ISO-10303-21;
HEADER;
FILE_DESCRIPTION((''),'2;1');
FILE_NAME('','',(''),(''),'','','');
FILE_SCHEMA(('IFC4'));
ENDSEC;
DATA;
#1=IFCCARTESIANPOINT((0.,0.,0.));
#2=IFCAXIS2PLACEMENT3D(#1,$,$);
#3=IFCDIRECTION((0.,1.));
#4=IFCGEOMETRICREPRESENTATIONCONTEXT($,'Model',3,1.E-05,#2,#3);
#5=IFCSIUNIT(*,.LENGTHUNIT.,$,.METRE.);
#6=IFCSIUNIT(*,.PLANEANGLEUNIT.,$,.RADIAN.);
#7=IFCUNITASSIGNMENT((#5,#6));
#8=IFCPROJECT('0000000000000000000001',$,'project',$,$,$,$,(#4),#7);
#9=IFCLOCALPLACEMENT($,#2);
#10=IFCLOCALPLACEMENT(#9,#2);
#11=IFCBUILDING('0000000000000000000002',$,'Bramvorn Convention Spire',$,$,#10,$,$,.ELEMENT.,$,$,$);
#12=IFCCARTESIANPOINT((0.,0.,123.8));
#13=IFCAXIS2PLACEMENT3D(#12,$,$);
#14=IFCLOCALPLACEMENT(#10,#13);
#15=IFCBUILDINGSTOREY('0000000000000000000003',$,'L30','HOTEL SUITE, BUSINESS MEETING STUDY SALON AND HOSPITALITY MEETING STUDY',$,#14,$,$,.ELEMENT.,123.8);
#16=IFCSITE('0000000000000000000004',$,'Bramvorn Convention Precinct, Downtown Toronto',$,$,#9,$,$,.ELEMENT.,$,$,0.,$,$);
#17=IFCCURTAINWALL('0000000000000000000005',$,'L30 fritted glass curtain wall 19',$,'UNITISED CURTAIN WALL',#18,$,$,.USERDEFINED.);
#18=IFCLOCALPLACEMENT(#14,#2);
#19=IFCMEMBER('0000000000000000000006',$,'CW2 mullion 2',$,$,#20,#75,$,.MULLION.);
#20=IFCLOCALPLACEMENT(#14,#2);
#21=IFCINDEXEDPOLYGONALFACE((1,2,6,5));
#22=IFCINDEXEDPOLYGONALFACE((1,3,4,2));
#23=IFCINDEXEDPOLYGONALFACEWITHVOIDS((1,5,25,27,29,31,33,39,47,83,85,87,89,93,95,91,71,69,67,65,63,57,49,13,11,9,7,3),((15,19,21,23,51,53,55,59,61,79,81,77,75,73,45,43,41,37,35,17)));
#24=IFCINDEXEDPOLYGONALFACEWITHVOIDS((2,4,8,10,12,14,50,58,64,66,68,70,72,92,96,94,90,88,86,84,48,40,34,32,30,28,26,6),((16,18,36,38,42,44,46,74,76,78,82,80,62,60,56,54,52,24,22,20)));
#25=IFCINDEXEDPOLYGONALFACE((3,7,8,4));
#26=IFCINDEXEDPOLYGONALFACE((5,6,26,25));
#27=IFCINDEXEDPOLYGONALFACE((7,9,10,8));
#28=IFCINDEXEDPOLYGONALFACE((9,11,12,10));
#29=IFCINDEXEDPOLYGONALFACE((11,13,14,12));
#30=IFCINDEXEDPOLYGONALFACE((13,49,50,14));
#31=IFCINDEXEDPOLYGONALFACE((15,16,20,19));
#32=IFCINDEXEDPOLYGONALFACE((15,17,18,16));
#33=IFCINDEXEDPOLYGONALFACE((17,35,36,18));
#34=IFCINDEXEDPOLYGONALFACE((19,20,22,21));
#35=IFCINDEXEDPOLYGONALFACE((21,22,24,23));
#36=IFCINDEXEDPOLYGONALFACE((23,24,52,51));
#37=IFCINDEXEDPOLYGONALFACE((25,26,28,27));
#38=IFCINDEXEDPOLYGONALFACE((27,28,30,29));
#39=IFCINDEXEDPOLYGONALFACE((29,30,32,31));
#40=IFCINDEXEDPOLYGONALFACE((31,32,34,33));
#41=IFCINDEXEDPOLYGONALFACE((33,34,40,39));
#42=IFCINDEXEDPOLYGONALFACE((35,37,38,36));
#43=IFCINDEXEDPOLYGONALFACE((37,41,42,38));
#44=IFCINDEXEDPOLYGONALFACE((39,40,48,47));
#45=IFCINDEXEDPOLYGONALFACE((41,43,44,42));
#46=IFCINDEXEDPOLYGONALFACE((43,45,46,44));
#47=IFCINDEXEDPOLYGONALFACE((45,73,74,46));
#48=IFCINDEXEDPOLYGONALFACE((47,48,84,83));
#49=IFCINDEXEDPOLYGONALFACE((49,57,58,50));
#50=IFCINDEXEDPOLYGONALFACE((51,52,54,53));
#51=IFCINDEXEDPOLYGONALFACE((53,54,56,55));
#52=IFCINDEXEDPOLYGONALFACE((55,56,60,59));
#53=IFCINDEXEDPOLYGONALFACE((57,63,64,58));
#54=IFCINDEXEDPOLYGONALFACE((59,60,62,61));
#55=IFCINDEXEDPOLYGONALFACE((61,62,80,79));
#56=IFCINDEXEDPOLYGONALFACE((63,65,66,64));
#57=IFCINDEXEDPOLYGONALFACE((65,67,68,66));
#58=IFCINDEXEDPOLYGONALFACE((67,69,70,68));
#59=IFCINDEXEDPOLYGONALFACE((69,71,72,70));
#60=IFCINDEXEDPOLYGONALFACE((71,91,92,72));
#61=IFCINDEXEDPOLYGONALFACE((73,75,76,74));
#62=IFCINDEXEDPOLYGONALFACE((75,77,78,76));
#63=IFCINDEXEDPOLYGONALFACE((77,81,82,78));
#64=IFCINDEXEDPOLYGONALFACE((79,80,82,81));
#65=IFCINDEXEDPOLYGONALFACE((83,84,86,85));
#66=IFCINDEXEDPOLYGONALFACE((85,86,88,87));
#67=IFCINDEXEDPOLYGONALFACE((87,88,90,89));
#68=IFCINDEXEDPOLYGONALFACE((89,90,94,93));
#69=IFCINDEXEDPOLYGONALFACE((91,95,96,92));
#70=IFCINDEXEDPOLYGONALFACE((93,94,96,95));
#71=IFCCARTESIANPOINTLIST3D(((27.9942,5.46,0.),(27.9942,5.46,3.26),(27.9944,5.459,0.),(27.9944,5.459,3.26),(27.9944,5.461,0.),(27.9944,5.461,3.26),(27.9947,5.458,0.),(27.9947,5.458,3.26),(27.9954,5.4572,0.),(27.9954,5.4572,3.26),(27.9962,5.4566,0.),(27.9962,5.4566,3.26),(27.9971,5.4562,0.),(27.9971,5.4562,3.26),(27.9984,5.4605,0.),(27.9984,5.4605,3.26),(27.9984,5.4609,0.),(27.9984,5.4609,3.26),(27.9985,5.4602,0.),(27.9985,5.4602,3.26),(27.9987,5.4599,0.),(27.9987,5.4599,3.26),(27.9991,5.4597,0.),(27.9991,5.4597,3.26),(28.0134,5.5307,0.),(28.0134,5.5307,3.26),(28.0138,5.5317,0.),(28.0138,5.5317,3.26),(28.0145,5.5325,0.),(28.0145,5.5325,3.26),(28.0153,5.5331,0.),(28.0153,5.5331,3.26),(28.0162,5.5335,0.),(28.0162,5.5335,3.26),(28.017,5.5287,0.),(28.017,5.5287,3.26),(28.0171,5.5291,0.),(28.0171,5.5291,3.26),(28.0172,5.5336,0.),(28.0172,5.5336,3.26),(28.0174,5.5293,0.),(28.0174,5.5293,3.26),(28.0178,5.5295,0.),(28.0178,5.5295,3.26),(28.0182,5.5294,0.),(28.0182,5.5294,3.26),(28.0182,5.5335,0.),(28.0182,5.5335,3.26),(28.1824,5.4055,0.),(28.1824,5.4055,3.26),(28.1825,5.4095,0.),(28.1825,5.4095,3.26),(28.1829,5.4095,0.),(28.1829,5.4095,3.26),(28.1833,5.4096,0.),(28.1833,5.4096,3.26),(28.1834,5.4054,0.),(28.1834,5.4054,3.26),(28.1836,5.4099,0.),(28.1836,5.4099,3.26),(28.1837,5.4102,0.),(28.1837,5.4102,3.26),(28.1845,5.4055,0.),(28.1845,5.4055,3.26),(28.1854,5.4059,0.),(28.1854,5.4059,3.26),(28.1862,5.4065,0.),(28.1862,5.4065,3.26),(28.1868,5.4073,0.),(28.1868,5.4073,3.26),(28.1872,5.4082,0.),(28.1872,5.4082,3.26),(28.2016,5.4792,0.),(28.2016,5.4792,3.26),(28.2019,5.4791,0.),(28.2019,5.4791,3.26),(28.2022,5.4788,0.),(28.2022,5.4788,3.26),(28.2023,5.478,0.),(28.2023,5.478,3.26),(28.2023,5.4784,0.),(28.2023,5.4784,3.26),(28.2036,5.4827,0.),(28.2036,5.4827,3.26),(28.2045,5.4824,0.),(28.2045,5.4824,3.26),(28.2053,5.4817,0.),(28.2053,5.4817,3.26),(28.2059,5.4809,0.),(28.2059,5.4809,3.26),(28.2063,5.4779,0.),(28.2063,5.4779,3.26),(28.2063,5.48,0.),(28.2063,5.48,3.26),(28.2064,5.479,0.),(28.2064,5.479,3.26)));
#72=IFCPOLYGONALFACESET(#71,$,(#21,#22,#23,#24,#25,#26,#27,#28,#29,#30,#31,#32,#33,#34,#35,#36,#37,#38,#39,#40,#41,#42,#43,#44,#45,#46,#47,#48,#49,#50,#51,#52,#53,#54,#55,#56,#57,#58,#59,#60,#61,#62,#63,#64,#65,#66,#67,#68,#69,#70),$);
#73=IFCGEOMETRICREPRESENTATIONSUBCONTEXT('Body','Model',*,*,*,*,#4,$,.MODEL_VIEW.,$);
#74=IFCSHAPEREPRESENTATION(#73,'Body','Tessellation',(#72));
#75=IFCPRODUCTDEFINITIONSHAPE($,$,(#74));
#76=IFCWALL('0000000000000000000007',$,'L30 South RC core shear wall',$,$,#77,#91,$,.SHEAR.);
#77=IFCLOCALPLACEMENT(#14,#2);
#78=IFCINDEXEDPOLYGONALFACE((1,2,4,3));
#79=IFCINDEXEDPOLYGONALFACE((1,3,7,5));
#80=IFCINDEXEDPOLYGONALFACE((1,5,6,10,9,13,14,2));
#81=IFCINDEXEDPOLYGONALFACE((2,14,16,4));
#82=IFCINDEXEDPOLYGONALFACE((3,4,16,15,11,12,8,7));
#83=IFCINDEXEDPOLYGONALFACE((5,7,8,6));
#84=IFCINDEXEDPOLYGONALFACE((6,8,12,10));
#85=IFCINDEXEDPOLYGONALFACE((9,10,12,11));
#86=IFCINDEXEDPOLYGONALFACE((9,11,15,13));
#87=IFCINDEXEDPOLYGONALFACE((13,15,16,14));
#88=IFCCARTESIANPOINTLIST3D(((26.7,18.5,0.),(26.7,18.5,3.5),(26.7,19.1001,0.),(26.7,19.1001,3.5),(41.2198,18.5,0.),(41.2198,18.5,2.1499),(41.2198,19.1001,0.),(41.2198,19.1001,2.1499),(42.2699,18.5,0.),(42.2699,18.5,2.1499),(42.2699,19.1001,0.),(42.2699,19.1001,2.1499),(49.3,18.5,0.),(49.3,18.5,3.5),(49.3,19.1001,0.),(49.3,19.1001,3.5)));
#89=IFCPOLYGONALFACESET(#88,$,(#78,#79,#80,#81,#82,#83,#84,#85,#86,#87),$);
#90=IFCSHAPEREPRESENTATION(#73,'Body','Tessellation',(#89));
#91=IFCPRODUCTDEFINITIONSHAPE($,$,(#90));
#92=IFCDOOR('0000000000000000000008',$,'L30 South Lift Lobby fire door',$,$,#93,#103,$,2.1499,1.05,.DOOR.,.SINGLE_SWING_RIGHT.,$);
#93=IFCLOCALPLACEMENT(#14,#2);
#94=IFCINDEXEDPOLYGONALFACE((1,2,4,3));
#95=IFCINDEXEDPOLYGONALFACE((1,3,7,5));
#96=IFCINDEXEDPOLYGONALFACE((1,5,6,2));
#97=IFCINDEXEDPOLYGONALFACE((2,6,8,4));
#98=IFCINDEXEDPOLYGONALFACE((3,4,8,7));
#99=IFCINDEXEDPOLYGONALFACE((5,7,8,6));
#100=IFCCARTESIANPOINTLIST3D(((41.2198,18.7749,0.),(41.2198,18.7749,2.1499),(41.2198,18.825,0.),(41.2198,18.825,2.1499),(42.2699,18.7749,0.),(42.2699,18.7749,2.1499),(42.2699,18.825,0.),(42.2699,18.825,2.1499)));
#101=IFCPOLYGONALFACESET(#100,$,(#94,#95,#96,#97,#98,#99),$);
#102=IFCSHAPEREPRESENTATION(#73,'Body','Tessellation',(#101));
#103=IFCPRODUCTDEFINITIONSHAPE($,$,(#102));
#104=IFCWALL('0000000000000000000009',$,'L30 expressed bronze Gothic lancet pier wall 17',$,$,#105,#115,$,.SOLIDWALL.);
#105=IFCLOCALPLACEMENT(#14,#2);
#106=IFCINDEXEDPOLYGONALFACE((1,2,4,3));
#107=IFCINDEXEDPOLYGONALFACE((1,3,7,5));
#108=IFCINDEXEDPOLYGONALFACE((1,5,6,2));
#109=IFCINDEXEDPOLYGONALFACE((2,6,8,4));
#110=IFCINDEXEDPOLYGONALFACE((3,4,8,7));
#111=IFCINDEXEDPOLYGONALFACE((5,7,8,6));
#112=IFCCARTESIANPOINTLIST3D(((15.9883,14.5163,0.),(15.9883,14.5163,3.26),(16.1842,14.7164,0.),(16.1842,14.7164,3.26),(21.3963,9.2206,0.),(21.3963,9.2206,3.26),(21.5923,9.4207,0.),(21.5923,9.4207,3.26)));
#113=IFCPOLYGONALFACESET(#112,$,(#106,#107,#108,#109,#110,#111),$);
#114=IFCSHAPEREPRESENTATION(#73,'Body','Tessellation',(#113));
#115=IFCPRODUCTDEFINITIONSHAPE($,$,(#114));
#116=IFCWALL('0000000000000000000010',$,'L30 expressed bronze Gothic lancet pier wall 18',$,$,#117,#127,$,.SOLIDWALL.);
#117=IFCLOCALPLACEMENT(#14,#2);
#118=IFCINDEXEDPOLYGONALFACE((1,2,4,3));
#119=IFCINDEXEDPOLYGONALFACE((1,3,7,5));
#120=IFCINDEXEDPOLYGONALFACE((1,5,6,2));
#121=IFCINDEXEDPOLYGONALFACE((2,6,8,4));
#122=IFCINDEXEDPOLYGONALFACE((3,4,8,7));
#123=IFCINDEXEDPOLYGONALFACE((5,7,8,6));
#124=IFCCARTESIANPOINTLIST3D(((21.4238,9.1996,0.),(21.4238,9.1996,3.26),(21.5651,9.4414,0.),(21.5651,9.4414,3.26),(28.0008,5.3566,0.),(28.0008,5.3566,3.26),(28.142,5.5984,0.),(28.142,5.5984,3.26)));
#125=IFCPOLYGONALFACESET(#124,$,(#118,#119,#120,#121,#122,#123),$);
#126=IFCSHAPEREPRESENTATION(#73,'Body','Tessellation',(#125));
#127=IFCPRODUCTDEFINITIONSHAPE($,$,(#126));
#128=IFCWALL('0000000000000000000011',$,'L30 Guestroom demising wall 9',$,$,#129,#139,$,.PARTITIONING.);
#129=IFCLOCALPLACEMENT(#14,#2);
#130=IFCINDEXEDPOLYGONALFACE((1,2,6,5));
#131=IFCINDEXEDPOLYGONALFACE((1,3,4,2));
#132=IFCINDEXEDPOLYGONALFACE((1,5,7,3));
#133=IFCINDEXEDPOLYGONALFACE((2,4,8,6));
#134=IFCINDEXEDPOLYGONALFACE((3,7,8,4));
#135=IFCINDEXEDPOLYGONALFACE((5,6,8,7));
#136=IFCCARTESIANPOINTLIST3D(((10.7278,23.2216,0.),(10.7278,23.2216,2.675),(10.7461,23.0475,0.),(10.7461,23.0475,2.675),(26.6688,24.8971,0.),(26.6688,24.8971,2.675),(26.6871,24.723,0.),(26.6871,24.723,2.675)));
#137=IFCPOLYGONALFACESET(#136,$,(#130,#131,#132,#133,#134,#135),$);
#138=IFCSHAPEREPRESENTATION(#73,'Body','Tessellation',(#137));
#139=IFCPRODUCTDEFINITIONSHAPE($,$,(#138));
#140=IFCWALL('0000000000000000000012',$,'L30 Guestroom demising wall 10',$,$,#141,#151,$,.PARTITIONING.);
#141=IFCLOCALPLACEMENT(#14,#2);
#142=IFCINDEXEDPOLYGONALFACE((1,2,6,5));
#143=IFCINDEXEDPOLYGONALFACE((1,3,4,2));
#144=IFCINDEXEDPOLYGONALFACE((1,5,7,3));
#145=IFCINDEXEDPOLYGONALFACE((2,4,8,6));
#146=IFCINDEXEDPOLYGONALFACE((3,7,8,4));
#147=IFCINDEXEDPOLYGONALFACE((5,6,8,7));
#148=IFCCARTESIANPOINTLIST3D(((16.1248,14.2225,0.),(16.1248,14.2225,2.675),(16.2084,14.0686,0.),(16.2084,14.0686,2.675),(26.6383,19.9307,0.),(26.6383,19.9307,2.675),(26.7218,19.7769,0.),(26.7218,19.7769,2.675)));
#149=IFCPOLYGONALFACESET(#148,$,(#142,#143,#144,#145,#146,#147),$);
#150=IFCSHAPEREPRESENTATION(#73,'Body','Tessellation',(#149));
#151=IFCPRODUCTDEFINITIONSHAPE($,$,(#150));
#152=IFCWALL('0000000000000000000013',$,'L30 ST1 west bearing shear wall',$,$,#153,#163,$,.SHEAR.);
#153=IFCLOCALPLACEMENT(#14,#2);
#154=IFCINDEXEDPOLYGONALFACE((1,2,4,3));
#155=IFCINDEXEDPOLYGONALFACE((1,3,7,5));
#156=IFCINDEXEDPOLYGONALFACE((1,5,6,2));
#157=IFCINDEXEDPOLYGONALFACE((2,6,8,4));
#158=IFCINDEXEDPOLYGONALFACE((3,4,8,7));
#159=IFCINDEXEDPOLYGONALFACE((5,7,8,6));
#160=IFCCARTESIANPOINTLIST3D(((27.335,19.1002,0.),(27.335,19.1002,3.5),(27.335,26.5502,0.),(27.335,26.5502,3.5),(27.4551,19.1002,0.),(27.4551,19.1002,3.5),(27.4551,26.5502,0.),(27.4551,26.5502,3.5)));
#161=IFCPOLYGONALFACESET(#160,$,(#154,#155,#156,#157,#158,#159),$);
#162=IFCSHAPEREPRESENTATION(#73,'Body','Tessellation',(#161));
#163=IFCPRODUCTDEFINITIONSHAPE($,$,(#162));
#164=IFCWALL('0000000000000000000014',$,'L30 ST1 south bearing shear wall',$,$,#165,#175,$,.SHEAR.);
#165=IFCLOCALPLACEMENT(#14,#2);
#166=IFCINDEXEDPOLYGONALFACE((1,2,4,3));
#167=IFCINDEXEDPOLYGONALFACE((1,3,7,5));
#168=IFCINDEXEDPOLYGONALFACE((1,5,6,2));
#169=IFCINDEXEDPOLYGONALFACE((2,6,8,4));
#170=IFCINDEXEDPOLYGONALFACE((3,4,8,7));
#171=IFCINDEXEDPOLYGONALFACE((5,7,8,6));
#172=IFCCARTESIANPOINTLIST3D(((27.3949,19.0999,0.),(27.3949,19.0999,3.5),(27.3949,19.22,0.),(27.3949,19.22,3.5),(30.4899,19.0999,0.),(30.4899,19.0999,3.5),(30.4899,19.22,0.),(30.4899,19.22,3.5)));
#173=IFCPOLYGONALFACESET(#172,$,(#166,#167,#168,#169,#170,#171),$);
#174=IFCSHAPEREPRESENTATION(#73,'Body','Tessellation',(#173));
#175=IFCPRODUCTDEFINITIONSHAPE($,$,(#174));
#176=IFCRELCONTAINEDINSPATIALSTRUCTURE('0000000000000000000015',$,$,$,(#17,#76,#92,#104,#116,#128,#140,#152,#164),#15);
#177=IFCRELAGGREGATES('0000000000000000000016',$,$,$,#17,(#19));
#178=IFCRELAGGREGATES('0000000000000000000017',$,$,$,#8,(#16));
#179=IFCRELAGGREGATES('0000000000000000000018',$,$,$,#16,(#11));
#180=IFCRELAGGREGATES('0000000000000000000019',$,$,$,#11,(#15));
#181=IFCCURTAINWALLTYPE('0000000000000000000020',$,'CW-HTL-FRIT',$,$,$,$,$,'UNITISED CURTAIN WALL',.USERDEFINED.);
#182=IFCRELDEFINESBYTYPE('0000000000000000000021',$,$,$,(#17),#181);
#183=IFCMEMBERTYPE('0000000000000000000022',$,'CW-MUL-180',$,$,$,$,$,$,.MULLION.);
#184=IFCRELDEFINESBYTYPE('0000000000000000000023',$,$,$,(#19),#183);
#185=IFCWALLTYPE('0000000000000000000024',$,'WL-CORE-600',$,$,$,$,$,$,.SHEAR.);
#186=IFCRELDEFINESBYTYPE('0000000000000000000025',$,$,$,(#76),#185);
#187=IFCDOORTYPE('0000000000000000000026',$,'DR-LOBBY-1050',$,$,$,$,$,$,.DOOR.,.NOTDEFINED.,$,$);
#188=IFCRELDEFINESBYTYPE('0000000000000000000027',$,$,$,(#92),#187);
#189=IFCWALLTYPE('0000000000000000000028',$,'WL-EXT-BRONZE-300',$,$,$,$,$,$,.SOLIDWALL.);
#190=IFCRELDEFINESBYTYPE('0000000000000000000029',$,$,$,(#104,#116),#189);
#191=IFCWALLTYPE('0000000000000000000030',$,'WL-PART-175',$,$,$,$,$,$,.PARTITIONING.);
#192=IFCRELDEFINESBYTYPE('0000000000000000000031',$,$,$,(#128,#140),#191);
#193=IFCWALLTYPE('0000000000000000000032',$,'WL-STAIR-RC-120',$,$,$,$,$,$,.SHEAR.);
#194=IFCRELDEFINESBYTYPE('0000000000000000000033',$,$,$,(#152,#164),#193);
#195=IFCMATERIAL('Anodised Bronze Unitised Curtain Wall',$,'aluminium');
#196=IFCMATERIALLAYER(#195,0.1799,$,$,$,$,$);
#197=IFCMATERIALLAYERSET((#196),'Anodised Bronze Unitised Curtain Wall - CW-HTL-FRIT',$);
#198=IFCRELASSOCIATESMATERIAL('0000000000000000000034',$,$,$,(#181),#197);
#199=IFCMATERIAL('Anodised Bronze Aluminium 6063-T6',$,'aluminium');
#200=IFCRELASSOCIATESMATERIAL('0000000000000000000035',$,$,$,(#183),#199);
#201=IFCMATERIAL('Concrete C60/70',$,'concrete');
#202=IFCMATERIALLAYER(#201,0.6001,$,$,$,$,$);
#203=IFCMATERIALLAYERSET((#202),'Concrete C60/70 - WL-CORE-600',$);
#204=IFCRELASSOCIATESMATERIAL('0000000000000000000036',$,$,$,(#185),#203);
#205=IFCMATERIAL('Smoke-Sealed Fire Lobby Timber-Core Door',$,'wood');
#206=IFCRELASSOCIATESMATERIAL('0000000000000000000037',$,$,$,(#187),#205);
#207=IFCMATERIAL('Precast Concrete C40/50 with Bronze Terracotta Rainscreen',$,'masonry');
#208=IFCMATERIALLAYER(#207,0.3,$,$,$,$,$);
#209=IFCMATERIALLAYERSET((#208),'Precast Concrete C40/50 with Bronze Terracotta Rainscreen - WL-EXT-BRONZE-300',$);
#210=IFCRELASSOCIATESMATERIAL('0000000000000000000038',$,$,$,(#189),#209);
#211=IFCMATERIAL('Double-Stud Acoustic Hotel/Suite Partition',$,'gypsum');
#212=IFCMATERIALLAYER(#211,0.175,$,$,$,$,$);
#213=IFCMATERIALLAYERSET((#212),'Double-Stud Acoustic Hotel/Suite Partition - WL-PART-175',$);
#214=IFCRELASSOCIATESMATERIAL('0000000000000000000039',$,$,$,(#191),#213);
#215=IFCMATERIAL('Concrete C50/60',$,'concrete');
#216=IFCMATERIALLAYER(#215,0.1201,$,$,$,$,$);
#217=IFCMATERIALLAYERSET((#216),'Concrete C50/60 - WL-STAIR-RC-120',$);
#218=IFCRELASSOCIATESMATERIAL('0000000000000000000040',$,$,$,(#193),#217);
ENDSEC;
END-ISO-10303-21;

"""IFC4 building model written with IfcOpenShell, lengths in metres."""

from ifc_helpers import new_model, si_unit, direction, frame, frame_2d, origin, origin_2d, place, context, subcontext, project, spatial, rectangle, hollow_rectangle, extrude, material, layer, layer_set, material_profile, profile_set, type_object, element, fill, aggregate, save


model = new_model("IFC4")

# Units and contexts
model_context = context("Model", 3, precision=1e-05, world=origin(), true_north=direction((0.0, 1.0)))
body_context = subcontext(model_context, "Body", "Model", "MODEL_VIEW")
ifc_project = project(units=[si_unit("LENGTHUNIT", "METRE"), si_unit("PLANEANGLEUNIT", "RADIAN")], contexts=[model_context])

# Site, building, storey
site_placement = place(None, origin())
site = spatial("IfcSite", under=ifc_project, at=site_placement, Name="Bramvorn Convention Precinct, Downtown Toronto", CompositionType="ELEMENT", RefElevation=0.0)
building_placement = place(site_placement, origin())
building = spatial("IfcBuilding", under=site, at=building_placement, Name="Bramvorn Convention Spire", CompositionType="ELEMENT")
storey_placement = place(building_placement, frame((0.0, 0.0, 123.8)))
storey = spatial("IfcBuildingStorey", under=building, at=storey_placement, Name="L30", Description="HOTEL SUITE, BUSINESS MEETING STUDY SALON AND HOSPITALITY MEETING STUDY", CompositionType="ELEMENT", Elevation=123.8)

# Curtain wall, member
ifc_material_1 = material(Name="Anodised Bronze Unitised Curtain Wall", Category="aluminium")
ifc_layer_1 = layer(ifc_material_1, 0.1799)
ifc_layer_set_1 = layer_set([ifc_layer_1], Name="Anodised Bronze Unitised Curtain Wall - CW-HTL-FRIT")
curtain_wall_type = type_object("IfcCurtainWallType", Name="CW-HTL-FRIT", ElementType="UNITISED CURTAIN WALL", PredefinedType="USERDEFINED", material=ifc_layer_set_1)
curtain_wall_placement = place(storey_placement, origin())
curtain_wall = element("IfcCurtainWall", 1, at=curtain_wall_placement, inside=storey, type_object=curtain_wall_type, Name="L30 fritted glass curtain wall 19", ObjectType="UNITISED CURTAIN WALL", PredefinedType="USERDEFINED")
ifc_material_2 = material(Name="Anodised Bronze Aluminium 6063-T6", Category="aluminium")
ifc_material_profile_1 = material_profile(ifc_material_2, hollow_rectangle(XDim=0.0801, YDim=0.2, WallThickness=0.0039, InnerFilletRadius=0.001, OuterFilletRadius=0.0039, at=origin_2d()))
ifc_profile_set_1 = profile_set([ifc_material_profile_1], Name="Anodised Bronze Aluminium 6063-T6 - CWM80X200")
member_type = type_object("IfcMemberType", Name="CW-MUL-180", PredefinedType="MULLION", material=ifc_profile_set_1)
member_placement = place(storey_placement, frame((28.1003, 5.4695, 0.0), z_axis=(0.0, 0.0, 1.0), x_axis=(-0.263907, -0.964548, 0.0)))
member = element("IfcMember", 2, at=member_placement, type_object=member_type, Name="CW2 mullion 2", PredefinedType="MULLION", context=body_context, shape_type="SweptSolid", body=[
    extrude(hollow_rectangle(XDim=0.0801, YDim=0.2, WallThickness=0.0039, InnerFilletRadius=0.001, OuterFilletRadius=0.0039, at=origin_2d()), origin(), (0.0, 0.0, 1.0), 3.26),
])
aggregate(curtain_wall, [member])

# Wall, opening, door
ifc_material_3 = material(Name="Concrete C60/70", Category="concrete")
ifc_layer_2 = layer(ifc_material_3, 0.6001)
ifc_layer_set_2 = layer_set([ifc_layer_2], Name="Concrete C60/70 - WL-CORE-600")
wall_type_1 = type_object("IfcWallType", Name="WL-CORE-600", PredefinedType="SHEAR", material=ifc_layer_set_2)
wall_1_placement = place(storey_placement, frame((26.7, 18.8, 0.0), z_axis=(0.0, 0.0, 1.0), x_axis=(1.0, 0.0, 0.0)))
wall_1 = element("IfcWall", 3, at=wall_1_placement, inside=storey, type_object=wall_type_1, Name="L30 South RC core shear wall", PredefinedType="SHEAR", context=body_context, shape_type="SweptSolid", body=[
    extrude(rectangle(XDim=22.6001, YDim=0.6001, at=frame_2d((11.3, 0.0))), origin(), (0.0, 0.0, 1.0), 3.5),
])
opening_1_placement = place(wall_1_placement, frame((14.52, 0.0, 0.0)))
opening_1 = element("IfcOpeningElement", 4, at=opening_1_placement, cuts=wall_1, PredefinedType="OPENING", context=body_context, shape_type="SweptSolid", body=[
    extrude(rectangle(XDim=1.05, YDim=2.1499, at=frame_2d((0.5249, 1.075))), frame((0.0, 0.3101, 0.0), z_axis=(0.0, -1.0, 0.0), x_axis=(1.0, 0.0, 0.0)), (0.0, 0.0, 1.0), 0.6201),
])
ifc_material_4 = material(Name="Smoke-Sealed Fire Lobby Timber-Core Door", Category="wood")
door_type = type_object("IfcDoorType", Name="DR-LOBBY-1050", OperationType="NOTDEFINED", PredefinedType="DOOR", material=ifc_material_4)
door_1_placement = place(opening_1_placement, origin())
door_1 = element("IfcDoor", 5, at=door_1_placement, inside=storey, type_object=door_type, Name="L30 South Lift Lobby fire door", OperationType="SINGLE_SWING_RIGHT", OverallHeight=2.1499, OverallWidth=1.05, PredefinedType="DOOR", context=body_context, shape_type="SweptSolid", body=[
    extrude(rectangle(XDim=1.05, YDim=2.1499, at=frame_2d((0.5249, 1.075))), frame((0.0, 0.0249, 0.0), z_axis=(0.0, -1.0, 0.0), x_axis=(1.0, 0.0, 0.0)), (0.0, 0.0, 1.0), 0.05),
])
fill(opening_1, door_1)

# Walls
ifc_material_5 = material(Name="Precast Concrete C40/50 with Bronze Terracotta Rainscreen", Category="masonry")
ifc_layer_3 = layer(ifc_material_5, 0.3)
ifc_layer_set_3 = layer_set([ifc_layer_3], Name="Precast Concrete C40/50 with Bronze Terracotta Rainscreen - WL-EXT-BRONZE-300")
wall_type_2 = type_object("IfcWallType", Name="WL-EXT-BRONZE-300", PredefinedType="SOLIDWALL", material=ifc_layer_set_3)
wall_2_placement = place(storey_placement, frame((21.4944, 9.3206, 0.0), z_axis=(0.0, 0.0, 1.0), x_axis=(-0.714487, 0.699649, 0.0)))
element("IfcWall", 6, at=wall_2_placement, inside=storey, type_object=wall_type_2, Name="L30 expressed bronze Gothic lancet pier wall 17", PredefinedType="SOLIDWALL", context=body_context, shape_type="SweptSolid", body=[
    extrude(rectangle(XDim=7.5691, YDim=0.28, at=frame_2d((3.7847, 0.0))), origin(), (0.0, 0.0, 1.0), 3.26),
])
wall_3_placement = place(storey_placement, frame((28.0713, 5.4775, 0.0), z_axis=(0.0, 0.0, 1.0), x_axis=(-0.863408, 0.504507, 0.0)))
element("IfcWall", 7, at=wall_3_placement, inside=storey, type_object=wall_type_2, Name="L30 expressed bronze Gothic lancet pier wall 18", PredefinedType="SOLIDWALL", context=body_context, shape_type="SweptSolid", body=[
    extrude(rectangle(XDim=7.6174, YDim=0.28, at=frame_2d((3.8086, 0.0))), origin(), (0.0, 0.0, 1.0), 3.26),
])
ifc_material_6 = material(Name="Double-Stud Acoustic Hotel/Suite Partition", Category="gypsum")
ifc_layer_4 = layer(ifc_material_6, 0.175)
ifc_layer_set_4 = layer_set([ifc_layer_4], Name="Double-Stud Acoustic Hotel/Suite Partition - WL-PART-175")
wall_type_3 = type_object("IfcWallType", Name="WL-PART-175", PredefinedType="PARTITIONING", material=ifc_layer_set_4)
wall_4_placement = place(storey_placement, frame((26.678, 24.8101, 0.0), z_axis=(0.0, 0.0, 1.0), x_axis=(-0.994521, -0.104533, 0.0)))
element("IfcWall", 8, at=wall_4_placement, inside=storey, type_object=wall_type_3, Name="L30 Guestroom demising wall 9", PredefinedType="PARTITIONING", context=body_context, shape_type="SweptSolid", body=[
    extrude(rectangle(XDim=16.0288, YDim=0.175, at=frame_2d((8.0144, 0.0))), origin(), (0.0, 0.0, 1.0), 2.675),
])
wall_5_placement = place(storey_placement, frame((26.6799, 19.8538, 0.0), z_axis=(0.0, 0.0, 1.0), x_axis=(-0.87882, -0.477154, 0.0)))
element("IfcWall", 9, at=wall_5_placement, inside=storey, type_object=wall_type_3, Name="L30 Guestroom demising wall 10", PredefinedType="PARTITIONING", context=body_context, shape_type="SweptSolid", body=[
    extrude(rectangle(XDim=11.9631, YDim=0.175, at=frame_2d((5.9814, 0.0))), origin(), (0.0, 0.0, 1.0), 2.675),
])
ifc_material_7 = material(Name="Concrete C50/60", Category="concrete")
ifc_layer_5 = layer(ifc_material_7, 0.1201)
ifc_layer_set_5 = layer_set([ifc_layer_5], Name="Concrete C50/60 - WL-STAIR-RC-120")
wall_type_4 = type_object("IfcWallType", Name="WL-STAIR-RC-120", PredefinedType="SHEAR", material=ifc_layer_set_5)
wall_6_placement = place(storey_placement, frame((27.395, 19.1001, 0.0), z_axis=(0.0, 0.0, 1.0), x_axis=(0.0, 1.0, 0.0)))
element("IfcWall", 10, at=wall_6_placement, inside=storey, type_object=wall_type_4, Name="L30 ST1 west bearing shear wall", PredefinedType="SHEAR", context=body_context, shape_type="SweptSolid", body=[
    extrude(rectangle(XDim=7.45, YDim=0.1201, at=frame_2d((3.7251, 0.0))), origin(), (0.0, 0.0, 1.0), 3.5),
])
wall_7_placement = place(storey_placement, frame((27.395, 19.1599, 0.0), z_axis=(0.0, 0.0, 1.0), x_axis=(1.0, 0.0, 0.0)))
element("IfcWall", 11, at=wall_7_placement, inside=storey, type_object=wall_type_4, Name="L30 ST1 south bearing shear wall", PredefinedType="SHEAR", context=body_context, shape_type="SweptSolid", body=[
    extrude(rectangle(XDim=3.095, YDim=0.1201, at=frame_2d((1.5474, 0.0))), origin(), (0.0, 0.0, 1.0), 3.5),
])

save(model, "model.ifc")
